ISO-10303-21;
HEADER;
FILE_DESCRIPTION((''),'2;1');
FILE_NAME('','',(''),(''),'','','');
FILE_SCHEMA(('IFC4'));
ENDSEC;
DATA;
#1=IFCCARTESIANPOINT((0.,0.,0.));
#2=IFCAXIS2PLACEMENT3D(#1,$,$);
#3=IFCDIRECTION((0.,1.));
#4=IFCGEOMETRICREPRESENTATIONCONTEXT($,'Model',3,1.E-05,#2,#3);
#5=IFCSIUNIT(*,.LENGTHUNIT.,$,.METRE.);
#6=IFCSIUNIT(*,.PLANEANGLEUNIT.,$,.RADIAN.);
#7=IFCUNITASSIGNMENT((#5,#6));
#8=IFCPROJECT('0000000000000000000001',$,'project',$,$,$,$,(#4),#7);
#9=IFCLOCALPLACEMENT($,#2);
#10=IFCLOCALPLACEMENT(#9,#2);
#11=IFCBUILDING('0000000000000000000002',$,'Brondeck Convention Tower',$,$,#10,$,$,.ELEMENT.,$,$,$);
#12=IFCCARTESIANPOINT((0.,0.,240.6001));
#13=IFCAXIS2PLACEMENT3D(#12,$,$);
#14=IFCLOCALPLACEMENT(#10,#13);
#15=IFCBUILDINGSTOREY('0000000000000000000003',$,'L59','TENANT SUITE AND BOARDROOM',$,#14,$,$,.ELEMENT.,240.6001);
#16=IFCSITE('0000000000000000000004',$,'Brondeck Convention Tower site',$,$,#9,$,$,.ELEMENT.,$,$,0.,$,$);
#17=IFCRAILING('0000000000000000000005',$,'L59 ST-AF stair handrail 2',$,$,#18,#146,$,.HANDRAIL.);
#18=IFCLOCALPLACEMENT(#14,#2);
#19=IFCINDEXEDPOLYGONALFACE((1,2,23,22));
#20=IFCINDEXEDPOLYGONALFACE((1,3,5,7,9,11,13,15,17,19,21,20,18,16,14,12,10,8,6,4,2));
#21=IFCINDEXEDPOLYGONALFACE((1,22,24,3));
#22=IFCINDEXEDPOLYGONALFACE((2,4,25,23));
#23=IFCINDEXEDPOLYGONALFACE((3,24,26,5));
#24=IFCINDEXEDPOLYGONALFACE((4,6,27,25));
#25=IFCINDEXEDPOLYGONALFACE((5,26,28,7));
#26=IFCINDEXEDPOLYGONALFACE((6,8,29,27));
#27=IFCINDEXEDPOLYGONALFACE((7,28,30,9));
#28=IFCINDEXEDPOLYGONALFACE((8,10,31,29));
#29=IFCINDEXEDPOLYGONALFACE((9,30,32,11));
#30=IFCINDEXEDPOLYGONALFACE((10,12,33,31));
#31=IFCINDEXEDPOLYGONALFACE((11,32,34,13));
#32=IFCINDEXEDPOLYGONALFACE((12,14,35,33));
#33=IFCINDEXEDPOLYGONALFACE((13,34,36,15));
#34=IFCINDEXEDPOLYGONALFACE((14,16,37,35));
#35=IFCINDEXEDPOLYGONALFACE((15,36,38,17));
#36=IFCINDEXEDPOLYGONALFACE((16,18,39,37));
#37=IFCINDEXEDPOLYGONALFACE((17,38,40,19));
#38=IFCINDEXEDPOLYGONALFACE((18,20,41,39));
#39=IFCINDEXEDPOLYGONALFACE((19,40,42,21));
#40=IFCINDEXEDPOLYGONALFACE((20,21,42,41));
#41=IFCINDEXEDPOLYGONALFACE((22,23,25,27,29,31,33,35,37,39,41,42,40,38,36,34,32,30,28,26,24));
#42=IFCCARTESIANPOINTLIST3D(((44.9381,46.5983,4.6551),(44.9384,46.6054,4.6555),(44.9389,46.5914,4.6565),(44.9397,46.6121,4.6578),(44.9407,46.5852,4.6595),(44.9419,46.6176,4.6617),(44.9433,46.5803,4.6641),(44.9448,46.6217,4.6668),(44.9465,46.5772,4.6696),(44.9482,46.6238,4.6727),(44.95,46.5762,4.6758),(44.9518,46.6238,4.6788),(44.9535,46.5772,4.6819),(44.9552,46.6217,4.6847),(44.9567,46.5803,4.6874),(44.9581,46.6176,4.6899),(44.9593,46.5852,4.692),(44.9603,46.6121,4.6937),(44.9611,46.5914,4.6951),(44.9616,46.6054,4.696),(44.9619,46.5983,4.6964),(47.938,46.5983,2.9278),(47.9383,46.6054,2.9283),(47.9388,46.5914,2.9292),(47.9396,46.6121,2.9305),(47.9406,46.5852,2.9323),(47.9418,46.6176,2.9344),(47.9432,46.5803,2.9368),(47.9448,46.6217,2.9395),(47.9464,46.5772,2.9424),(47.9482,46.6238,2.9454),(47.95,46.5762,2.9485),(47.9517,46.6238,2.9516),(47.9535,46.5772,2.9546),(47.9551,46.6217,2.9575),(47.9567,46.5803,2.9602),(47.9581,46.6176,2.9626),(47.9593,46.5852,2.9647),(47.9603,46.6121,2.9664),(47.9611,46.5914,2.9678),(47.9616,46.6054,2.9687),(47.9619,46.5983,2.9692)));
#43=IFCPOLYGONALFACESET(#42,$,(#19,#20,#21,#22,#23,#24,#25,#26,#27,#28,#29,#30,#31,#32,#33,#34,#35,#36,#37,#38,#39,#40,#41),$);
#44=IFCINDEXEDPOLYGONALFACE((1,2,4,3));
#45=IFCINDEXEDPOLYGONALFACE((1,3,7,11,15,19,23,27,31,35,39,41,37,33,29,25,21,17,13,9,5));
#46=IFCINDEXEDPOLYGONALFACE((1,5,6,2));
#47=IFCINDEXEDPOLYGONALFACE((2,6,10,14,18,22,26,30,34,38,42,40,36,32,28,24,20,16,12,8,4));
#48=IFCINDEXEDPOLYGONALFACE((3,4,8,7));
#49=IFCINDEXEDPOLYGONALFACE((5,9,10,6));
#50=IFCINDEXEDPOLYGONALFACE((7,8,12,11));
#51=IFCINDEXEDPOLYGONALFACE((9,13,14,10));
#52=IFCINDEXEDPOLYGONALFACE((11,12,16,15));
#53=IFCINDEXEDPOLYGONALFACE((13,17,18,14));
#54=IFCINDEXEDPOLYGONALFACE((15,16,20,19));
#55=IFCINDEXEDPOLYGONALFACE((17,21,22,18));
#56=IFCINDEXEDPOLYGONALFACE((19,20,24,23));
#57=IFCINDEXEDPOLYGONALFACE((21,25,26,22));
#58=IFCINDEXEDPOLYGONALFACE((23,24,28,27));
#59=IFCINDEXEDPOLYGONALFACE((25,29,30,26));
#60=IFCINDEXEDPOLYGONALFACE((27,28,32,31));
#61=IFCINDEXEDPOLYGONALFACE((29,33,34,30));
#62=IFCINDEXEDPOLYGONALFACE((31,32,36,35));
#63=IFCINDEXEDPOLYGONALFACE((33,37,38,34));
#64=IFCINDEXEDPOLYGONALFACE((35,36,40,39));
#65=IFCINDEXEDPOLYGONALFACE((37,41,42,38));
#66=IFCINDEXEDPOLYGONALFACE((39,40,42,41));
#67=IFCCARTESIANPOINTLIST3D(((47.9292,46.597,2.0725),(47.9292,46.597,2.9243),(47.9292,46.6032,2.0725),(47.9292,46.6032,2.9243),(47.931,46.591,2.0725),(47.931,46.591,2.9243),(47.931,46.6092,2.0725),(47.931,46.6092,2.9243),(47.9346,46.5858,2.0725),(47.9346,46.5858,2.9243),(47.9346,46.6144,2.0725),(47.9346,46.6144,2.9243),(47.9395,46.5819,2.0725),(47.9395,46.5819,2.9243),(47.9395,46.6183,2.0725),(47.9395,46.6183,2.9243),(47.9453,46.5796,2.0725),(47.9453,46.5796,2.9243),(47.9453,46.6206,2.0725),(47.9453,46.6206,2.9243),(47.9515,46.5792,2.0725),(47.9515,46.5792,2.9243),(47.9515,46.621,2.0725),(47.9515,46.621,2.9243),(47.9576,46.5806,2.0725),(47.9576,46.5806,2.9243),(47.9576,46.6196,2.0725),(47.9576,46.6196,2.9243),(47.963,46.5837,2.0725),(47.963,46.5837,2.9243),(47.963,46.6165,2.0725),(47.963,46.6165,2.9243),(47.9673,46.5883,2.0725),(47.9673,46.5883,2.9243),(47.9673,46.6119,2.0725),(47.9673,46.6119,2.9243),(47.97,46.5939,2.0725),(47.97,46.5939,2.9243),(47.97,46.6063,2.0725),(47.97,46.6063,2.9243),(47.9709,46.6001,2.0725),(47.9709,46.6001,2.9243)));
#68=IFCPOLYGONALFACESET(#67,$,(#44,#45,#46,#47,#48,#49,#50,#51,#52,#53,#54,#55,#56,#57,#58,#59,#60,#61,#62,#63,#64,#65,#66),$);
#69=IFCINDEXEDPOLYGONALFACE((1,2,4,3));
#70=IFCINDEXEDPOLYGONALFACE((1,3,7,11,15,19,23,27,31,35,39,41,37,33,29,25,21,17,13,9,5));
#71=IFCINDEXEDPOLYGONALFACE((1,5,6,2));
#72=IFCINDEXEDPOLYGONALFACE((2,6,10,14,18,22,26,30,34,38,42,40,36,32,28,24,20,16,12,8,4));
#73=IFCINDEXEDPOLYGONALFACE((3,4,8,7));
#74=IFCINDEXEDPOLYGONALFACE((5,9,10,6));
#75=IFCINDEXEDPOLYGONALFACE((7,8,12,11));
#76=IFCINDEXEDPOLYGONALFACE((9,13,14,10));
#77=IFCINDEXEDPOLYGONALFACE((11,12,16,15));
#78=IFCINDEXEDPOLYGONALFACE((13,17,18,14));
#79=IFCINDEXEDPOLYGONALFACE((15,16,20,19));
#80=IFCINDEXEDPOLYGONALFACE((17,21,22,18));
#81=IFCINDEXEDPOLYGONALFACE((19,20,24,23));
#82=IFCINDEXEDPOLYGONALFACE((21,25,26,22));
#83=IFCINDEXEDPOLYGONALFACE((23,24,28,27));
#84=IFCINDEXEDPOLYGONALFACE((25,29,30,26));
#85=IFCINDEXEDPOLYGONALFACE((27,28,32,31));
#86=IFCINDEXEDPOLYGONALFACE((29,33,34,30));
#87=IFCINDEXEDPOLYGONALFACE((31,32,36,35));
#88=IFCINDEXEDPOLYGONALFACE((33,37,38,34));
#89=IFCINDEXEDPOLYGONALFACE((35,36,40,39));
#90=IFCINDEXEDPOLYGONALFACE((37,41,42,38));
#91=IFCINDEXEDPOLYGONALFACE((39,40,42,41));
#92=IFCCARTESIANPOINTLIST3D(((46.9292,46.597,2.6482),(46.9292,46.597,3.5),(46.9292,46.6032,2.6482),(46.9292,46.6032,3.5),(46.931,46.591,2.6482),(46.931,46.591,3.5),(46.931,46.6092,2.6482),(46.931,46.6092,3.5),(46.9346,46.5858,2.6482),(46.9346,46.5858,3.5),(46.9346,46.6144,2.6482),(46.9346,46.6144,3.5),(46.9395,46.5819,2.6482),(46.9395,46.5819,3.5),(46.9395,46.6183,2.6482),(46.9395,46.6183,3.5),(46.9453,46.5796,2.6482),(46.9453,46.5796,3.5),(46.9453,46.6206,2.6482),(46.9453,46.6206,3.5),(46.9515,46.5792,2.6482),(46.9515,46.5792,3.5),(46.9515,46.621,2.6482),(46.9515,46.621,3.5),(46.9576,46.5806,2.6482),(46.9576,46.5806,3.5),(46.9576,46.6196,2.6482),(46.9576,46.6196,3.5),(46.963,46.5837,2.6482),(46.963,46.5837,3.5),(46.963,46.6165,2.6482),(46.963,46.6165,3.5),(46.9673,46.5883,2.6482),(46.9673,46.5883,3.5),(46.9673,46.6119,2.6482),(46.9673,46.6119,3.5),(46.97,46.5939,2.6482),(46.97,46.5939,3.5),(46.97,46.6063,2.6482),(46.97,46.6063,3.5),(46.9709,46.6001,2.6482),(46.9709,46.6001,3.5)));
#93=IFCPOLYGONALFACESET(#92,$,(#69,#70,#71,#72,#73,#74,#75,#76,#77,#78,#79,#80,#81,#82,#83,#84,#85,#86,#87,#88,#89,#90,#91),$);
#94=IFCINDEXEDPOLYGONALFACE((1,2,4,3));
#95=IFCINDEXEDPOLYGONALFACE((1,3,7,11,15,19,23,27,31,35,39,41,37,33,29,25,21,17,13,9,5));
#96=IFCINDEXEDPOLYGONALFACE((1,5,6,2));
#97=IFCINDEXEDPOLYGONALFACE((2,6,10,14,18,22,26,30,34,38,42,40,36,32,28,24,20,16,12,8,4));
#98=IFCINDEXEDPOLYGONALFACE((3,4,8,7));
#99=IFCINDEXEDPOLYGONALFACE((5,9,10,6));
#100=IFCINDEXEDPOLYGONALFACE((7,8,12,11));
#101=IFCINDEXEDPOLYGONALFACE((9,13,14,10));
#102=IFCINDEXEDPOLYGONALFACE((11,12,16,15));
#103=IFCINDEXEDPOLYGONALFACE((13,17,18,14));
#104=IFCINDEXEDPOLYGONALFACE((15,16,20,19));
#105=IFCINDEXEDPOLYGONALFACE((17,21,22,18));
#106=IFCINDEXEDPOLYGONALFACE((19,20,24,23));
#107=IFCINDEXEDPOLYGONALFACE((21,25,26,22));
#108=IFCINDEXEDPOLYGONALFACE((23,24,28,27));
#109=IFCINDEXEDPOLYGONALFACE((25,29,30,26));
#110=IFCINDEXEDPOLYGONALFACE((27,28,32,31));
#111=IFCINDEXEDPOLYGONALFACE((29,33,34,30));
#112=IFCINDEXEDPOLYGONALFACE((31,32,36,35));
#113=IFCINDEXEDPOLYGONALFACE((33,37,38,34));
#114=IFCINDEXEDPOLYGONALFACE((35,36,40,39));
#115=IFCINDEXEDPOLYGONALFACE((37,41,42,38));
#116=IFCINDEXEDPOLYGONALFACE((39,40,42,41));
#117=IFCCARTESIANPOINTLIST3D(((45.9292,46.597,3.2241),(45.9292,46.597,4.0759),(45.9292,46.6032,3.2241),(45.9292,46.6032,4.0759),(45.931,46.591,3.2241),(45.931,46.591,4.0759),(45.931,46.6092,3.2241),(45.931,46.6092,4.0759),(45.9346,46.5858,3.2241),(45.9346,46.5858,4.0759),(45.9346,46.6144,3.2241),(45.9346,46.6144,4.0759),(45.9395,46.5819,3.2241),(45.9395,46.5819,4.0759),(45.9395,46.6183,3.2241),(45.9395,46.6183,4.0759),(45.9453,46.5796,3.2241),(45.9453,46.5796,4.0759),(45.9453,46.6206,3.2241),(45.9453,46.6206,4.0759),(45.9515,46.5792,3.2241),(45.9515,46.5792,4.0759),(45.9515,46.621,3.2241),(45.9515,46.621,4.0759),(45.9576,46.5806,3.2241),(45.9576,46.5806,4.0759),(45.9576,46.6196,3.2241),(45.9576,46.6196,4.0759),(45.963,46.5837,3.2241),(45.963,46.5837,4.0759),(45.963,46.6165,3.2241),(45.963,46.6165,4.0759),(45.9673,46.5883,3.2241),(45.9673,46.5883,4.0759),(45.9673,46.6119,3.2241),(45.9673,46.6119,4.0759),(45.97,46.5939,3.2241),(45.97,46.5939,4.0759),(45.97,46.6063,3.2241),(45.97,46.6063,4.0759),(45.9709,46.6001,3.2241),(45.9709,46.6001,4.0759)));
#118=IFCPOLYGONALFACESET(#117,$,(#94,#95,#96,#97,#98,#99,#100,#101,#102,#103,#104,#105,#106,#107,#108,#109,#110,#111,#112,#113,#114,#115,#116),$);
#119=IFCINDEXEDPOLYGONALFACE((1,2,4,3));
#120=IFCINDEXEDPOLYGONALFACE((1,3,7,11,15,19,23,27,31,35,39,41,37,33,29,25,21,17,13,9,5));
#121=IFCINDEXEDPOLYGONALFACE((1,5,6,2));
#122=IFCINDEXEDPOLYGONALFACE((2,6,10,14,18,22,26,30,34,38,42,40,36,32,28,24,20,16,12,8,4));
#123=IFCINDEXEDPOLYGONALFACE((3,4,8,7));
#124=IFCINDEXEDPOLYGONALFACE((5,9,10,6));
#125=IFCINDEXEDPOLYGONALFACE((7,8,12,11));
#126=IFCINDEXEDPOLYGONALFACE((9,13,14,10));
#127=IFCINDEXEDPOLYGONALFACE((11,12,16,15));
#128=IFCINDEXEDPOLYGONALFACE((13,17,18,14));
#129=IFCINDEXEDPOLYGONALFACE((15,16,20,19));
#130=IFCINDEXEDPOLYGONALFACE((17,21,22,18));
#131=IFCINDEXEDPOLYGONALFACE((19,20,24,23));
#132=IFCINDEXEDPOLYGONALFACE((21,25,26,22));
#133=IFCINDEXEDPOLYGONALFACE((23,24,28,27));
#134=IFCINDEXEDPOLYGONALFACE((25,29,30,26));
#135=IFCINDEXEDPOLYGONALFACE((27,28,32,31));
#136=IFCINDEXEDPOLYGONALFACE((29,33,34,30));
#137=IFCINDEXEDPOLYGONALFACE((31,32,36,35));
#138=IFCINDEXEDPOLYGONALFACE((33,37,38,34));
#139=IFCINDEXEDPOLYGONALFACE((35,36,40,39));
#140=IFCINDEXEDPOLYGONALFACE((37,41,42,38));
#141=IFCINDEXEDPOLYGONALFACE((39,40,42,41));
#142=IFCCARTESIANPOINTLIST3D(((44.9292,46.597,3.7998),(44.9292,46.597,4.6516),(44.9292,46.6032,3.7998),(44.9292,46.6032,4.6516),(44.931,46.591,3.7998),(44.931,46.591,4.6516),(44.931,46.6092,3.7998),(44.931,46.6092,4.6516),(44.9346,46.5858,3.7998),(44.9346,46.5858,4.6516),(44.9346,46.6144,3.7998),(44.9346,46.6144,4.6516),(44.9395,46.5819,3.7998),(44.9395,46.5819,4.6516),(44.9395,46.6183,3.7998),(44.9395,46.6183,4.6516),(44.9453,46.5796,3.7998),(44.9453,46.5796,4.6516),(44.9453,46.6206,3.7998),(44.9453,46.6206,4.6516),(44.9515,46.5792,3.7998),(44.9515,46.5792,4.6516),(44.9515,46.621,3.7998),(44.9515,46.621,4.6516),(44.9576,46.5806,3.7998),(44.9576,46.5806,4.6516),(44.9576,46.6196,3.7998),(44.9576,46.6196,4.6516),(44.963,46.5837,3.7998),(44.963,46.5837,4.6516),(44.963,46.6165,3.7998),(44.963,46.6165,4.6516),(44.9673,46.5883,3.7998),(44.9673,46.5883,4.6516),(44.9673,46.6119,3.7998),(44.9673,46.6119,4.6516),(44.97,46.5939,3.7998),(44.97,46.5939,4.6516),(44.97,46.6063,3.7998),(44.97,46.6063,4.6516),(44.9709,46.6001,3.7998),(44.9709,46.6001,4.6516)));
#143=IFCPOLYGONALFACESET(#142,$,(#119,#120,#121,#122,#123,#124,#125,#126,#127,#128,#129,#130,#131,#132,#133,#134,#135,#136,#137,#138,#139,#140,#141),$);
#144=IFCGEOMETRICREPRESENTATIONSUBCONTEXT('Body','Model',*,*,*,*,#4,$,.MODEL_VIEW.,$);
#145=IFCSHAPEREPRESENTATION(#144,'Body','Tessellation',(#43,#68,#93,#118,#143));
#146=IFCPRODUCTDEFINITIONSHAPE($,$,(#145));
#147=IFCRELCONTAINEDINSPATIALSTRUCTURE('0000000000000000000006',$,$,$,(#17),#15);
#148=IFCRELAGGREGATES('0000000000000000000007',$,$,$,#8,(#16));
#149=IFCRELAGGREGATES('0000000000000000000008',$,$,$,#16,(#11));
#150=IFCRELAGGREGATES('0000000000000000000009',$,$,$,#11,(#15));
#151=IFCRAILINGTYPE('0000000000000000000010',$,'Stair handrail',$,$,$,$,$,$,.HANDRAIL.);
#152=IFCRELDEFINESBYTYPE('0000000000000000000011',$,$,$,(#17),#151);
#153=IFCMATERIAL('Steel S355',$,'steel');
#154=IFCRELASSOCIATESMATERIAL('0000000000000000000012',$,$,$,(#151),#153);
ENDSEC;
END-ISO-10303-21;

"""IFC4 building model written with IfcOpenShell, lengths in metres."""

from ifc_helpers import new_model, si_unit, direction, frame, origin, origin_2d, place, context, subcontext, project, spatial, circle, extrude, material, type_object, element, save


model = new_model("IFC4")

# Units and contexts
model_context = context("Model", 3, precision=1e-05, world=origin(), true_north=direction((0.0, 1.0)))
body_context = subcontext(model_context, "Body", "Model", "MODEL_VIEW")
ifc_project = project(units=[si_unit("LENGTHUNIT", "METRE"), si_unit("PLANEANGLEUNIT", "RADIAN")], contexts=[model_context])

# Site, building, storey
site_placement = place(None, origin())
site = spatial("IfcSite", under=ifc_project, at=site_placement, Name="Brondeck Convention Tower site", CompositionType="ELEMENT", RefElevation=0.0)
building_placement = place(site_placement, origin())
building = spatial("IfcBuilding", under=site, at=building_placement, Name="Brondeck Convention Tower", CompositionType="ELEMENT")
storey_placement = place(building_placement, frame((0.0, 0.0, 240.6001)))
storey = spatial("IfcBuildingStorey", under=building, at=storey_placement, Name="L59", Description="TENANT SUITE AND BOARDROOM", CompositionType="ELEMENT", Elevation=240.6001)

# Shared definitions
ifc_material_1 = material(Name="Steel S355", Category="steel")

# Railing
railing_type_1 = type_object("IfcRailingType", Name="Stair handrail", PredefinedType="HANDRAIL", material=ifc_material_1)
railing_1_placement = place(storey_placement, frame((47.95, 46.6001, 2.0725)))
element("IfcRailing", 1, at=railing_1_placement, inside=storey, type_object=railing_type_1, Name="L59 ST-AF stair handrail 2", PredefinedType="HANDRAIL", context=body_context, shape_type="SweptSolid", body=[
    extrude(circle(Radius=0.0239, at=origin_2d()), frame((0.0, 0.0, 0.876), z_axis=(-0.86662, 0.0, 0.498969), x_axis=(0.0, -1.0, 0.0)), (0.0, 0.0, 1.0), 3.4617),
    extrude(circle(Radius=0.021, at=origin_2d()), origin(), (0.0, 0.0, 1.0), 0.8518),
    extrude(circle(Radius=0.021, at=origin_2d()), frame((-1.0, 0.0, 0.5757)), (0.0, 0.0, 1.0), 0.8518),
    extrude(circle(Radius=0.021, at=origin_2d()), frame((-2.0, 0.0, 1.1516)), (0.0, 0.0, 1.0), 0.8518),
    extrude(circle(Radius=0.021, at=origin_2d()), frame((-3.0, 0.0, 1.7273)), (0.0, 0.0, 1.0), 0.8518),
])

save(model, "model.ifc")
